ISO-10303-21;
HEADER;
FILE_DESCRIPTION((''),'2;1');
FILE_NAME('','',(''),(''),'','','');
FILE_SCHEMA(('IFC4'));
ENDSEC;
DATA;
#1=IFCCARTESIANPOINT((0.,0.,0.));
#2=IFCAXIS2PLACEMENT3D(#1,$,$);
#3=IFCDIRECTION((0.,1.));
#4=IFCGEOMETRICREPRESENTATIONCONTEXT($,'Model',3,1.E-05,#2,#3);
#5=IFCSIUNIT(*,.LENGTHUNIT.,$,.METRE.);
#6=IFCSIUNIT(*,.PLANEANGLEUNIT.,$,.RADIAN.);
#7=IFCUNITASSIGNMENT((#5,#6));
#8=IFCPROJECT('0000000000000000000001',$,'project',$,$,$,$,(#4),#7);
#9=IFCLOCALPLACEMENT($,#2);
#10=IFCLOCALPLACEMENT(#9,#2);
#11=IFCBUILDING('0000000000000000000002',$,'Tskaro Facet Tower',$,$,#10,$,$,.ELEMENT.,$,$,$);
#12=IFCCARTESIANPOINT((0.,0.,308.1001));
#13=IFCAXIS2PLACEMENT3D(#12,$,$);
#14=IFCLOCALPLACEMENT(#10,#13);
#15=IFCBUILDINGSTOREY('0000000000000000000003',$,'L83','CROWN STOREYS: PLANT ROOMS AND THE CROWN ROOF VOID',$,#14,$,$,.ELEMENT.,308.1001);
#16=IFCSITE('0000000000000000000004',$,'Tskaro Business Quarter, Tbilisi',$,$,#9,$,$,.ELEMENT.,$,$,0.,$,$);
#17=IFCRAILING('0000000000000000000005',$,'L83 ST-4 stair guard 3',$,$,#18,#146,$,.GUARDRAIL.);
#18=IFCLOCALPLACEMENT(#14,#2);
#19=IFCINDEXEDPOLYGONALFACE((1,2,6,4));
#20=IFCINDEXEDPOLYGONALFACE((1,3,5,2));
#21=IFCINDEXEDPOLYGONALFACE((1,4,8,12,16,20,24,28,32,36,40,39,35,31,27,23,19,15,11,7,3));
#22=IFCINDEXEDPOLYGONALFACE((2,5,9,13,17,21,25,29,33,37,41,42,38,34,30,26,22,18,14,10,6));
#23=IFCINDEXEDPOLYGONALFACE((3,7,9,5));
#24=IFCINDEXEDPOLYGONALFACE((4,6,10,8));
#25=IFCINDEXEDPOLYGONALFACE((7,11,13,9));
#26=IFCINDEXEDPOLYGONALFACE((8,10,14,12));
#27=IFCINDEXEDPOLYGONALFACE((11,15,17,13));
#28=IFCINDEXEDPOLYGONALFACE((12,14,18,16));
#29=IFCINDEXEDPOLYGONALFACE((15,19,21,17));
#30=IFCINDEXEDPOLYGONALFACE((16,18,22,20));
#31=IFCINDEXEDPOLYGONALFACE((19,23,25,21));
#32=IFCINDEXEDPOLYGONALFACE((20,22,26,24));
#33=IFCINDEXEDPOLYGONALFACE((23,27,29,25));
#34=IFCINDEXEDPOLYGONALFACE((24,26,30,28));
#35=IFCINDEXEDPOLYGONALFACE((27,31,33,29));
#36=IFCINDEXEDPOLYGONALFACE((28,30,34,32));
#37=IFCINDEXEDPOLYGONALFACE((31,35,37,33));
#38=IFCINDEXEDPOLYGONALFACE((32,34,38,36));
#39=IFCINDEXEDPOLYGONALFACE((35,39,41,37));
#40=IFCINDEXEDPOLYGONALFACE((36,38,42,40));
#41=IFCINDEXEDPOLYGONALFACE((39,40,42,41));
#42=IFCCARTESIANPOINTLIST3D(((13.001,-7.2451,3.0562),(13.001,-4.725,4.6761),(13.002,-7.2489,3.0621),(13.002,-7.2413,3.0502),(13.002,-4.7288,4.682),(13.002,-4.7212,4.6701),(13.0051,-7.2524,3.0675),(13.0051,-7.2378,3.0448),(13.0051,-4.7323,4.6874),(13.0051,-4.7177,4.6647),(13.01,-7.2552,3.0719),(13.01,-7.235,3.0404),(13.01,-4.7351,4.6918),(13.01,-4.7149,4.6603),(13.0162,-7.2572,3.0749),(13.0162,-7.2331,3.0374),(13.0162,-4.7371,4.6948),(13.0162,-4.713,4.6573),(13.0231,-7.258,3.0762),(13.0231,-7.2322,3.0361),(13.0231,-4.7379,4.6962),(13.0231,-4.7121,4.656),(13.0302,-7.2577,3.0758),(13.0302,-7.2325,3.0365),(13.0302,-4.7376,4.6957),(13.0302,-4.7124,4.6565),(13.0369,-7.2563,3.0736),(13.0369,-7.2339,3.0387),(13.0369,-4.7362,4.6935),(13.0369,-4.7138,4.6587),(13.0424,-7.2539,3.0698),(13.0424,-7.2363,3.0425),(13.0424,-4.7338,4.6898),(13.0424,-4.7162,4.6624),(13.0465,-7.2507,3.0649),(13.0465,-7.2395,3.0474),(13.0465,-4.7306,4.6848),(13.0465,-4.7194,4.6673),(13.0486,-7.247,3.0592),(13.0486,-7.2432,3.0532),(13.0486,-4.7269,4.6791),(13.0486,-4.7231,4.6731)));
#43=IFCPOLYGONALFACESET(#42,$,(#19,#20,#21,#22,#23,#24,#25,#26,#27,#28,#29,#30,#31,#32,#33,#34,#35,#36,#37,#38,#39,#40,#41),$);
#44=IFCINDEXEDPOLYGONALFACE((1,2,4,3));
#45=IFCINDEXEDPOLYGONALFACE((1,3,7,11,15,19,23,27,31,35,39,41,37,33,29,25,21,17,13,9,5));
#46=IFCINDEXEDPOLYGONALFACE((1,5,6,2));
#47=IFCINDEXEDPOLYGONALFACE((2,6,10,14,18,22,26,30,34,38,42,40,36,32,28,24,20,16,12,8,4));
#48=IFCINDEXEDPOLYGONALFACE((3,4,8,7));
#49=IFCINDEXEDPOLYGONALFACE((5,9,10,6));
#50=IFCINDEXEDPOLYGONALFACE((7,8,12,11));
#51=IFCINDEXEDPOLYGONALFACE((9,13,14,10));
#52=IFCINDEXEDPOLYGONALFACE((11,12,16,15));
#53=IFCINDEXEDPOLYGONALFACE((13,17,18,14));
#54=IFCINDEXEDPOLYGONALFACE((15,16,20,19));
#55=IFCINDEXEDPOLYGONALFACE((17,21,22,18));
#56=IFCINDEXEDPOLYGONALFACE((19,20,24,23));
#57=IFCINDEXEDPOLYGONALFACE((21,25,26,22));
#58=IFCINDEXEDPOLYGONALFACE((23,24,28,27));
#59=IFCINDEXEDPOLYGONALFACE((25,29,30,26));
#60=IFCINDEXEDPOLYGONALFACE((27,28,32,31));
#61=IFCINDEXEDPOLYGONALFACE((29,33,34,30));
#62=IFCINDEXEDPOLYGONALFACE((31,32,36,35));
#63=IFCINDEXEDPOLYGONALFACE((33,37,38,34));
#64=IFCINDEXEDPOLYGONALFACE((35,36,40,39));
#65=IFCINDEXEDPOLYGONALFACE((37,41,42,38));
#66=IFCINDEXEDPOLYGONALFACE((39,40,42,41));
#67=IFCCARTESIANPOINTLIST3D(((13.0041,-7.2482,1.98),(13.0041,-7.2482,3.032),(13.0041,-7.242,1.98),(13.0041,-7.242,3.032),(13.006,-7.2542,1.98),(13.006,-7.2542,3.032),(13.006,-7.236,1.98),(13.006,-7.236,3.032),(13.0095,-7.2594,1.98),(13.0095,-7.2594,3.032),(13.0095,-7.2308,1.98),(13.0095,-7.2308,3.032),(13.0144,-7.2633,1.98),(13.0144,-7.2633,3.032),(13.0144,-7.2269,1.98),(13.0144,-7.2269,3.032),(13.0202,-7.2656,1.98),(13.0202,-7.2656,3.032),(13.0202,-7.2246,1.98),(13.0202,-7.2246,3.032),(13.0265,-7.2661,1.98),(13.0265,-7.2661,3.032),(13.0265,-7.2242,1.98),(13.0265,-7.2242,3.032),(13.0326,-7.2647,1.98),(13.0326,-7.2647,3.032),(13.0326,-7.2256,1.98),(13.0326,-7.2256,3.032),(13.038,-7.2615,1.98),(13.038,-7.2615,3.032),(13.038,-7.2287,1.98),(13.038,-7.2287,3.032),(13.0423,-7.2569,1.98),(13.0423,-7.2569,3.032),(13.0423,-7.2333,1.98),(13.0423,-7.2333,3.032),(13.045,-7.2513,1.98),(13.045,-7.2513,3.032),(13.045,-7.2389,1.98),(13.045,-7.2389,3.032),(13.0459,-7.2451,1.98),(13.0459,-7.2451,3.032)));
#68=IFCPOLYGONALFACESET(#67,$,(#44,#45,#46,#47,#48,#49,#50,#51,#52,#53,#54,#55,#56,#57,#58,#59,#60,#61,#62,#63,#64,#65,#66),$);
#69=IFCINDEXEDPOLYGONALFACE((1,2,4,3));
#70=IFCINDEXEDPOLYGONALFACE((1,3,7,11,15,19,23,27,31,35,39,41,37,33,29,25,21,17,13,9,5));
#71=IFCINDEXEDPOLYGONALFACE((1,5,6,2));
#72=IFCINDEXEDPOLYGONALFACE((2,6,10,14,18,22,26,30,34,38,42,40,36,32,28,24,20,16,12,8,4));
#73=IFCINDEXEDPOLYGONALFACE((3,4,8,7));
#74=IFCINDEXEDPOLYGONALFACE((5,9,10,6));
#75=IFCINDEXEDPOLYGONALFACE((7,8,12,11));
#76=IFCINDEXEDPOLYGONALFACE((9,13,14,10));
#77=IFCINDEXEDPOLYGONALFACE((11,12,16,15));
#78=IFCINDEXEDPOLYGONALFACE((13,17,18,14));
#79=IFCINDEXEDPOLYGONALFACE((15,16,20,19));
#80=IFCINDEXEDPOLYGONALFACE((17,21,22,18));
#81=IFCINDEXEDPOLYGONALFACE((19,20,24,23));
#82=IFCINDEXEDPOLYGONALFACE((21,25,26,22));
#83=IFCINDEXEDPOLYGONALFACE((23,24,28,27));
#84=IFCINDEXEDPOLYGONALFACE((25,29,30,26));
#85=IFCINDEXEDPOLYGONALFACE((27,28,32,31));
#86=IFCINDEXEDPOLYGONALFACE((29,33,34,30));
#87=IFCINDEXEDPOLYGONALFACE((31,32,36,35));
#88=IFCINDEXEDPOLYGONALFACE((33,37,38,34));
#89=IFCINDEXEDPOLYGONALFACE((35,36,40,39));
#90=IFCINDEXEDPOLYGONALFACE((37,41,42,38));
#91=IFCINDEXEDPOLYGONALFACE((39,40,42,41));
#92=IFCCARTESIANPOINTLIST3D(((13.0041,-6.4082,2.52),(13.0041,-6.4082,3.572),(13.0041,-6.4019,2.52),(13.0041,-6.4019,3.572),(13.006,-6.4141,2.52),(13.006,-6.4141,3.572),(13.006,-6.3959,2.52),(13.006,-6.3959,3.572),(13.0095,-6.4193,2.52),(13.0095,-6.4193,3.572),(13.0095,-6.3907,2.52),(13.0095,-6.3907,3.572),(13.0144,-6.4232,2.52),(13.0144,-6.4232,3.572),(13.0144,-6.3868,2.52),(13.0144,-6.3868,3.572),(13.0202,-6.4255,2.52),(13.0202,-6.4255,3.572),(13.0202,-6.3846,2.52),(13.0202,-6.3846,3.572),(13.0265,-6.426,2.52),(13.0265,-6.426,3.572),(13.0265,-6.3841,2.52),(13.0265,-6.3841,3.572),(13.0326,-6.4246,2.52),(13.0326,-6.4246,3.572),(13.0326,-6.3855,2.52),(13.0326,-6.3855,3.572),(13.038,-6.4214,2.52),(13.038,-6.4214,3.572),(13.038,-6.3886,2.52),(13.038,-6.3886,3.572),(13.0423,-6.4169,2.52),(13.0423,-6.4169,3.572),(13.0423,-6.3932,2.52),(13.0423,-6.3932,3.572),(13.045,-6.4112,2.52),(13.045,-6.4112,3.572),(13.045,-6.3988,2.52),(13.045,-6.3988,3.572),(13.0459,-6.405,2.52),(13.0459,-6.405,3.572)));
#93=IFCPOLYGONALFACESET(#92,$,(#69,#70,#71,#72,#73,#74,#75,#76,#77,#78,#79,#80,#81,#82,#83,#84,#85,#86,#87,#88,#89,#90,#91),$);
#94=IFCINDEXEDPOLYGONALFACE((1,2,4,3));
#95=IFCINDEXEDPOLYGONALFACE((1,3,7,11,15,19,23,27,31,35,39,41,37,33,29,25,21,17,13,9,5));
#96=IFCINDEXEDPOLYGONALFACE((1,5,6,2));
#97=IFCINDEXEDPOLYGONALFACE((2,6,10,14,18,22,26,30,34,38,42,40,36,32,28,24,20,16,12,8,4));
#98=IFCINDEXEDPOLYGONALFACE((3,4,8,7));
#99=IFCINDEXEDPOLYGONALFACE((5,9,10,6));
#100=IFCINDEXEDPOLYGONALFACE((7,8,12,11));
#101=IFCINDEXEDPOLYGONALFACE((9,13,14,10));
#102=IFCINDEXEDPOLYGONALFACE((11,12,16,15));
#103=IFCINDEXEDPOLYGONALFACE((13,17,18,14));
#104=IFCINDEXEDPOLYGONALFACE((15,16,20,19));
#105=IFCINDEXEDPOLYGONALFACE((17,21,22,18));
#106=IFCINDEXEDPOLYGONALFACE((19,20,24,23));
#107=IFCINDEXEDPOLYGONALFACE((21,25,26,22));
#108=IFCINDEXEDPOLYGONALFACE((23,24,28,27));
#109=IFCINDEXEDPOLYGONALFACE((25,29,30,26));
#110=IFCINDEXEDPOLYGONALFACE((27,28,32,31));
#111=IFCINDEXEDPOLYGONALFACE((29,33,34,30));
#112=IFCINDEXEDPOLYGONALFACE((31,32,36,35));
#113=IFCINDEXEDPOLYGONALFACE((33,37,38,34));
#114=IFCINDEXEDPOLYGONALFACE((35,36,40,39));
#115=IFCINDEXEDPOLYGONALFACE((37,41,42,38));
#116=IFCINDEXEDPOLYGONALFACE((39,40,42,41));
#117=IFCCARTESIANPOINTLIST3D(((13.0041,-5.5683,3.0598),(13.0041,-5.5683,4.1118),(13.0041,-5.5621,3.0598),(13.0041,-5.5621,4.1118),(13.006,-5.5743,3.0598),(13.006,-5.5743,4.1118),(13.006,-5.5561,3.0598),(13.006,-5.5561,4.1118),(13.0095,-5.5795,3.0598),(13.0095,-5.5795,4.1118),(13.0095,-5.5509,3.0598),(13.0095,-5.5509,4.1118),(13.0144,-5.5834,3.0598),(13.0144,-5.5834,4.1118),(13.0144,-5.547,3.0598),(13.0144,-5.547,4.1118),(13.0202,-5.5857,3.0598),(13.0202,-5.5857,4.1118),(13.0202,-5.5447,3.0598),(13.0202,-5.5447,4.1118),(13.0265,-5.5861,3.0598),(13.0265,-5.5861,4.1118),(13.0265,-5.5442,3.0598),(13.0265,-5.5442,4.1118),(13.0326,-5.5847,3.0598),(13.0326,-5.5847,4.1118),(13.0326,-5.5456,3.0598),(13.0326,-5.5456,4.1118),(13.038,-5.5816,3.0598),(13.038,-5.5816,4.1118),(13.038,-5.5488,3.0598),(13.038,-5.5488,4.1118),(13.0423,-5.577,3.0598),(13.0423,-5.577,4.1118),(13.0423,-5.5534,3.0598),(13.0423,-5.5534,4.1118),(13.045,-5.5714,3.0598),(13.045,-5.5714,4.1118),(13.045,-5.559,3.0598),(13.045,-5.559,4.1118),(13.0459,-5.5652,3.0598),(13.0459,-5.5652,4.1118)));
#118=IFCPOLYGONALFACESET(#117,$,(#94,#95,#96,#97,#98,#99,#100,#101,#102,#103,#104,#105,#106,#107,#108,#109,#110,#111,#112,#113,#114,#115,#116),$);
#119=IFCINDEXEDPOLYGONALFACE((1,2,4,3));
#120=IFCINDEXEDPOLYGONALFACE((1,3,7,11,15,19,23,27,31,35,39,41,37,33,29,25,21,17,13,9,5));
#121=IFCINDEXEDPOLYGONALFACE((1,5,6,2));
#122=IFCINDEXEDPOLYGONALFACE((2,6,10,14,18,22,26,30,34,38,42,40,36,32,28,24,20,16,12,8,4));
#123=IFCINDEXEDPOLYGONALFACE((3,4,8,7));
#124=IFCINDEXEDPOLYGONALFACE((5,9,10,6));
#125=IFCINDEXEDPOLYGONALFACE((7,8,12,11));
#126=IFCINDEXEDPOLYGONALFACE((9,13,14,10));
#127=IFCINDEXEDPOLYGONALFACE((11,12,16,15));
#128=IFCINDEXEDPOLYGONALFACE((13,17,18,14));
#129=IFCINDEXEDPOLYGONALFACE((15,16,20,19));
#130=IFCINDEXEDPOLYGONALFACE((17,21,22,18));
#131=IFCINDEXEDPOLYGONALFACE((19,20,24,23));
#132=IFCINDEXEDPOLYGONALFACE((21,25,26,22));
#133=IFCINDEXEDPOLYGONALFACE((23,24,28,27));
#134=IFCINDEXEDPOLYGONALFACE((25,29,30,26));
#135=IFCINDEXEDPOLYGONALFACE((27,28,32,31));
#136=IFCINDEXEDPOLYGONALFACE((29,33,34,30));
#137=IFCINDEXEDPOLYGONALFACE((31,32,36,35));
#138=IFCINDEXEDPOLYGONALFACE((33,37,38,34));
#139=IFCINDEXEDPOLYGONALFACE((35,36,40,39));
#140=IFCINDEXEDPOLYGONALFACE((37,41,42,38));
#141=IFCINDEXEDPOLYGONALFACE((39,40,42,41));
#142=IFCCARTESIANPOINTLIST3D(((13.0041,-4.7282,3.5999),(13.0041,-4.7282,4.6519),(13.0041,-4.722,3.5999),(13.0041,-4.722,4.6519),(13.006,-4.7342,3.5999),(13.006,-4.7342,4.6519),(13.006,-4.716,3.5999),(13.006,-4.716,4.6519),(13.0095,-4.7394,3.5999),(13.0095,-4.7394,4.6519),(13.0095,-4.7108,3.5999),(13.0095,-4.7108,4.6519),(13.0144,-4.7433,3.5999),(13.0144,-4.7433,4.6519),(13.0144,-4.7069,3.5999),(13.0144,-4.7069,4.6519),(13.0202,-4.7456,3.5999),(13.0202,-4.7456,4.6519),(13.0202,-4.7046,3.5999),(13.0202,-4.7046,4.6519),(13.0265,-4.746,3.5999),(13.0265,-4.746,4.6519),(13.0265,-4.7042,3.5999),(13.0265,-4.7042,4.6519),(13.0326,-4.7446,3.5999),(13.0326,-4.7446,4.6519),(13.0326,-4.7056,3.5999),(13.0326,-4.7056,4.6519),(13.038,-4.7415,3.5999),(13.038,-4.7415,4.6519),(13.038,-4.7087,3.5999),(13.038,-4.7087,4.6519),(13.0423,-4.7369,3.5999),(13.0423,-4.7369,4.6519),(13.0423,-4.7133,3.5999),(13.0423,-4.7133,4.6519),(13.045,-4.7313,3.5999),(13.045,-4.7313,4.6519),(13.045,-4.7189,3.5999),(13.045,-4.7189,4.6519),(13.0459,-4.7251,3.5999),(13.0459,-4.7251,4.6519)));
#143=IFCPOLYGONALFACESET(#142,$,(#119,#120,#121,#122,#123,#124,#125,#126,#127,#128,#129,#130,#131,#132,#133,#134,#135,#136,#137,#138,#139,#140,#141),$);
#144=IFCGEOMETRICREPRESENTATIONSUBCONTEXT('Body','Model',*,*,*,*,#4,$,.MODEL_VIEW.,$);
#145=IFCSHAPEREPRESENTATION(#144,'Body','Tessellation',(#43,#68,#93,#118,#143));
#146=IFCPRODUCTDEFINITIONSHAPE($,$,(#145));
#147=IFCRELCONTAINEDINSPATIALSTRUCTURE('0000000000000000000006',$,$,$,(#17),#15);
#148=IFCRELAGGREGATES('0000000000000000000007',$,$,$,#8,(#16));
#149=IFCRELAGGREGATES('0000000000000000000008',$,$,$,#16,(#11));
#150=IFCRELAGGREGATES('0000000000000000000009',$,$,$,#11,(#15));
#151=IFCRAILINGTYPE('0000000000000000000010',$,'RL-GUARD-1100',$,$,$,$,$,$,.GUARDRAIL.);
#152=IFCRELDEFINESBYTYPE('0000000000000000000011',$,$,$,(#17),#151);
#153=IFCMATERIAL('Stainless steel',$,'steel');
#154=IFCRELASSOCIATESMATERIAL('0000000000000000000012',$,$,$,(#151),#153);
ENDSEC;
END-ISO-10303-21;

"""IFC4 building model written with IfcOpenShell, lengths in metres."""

from ifc_helpers import new_model, si_unit, direction, frame, origin, origin_2d, place, context, subcontext, project, spatial, circle, extrude, material, type_object, element, save


model = new_model("IFC4")

# Units and contexts
model_context = context("Model", 3, precision=1e-05, world=origin(), true_north=direction((0.0, 1.0)))
body_context = subcontext(model_context, "Body", "Model", "MODEL_VIEW")
ifc_project = project(units=[si_unit("LENGTHUNIT", "METRE"), si_unit("PLANEANGLEUNIT", "RADIAN")], contexts=[model_context])

# Site, building, storey
site_placement = place(None, origin())
site = spatial("IfcSite", under=ifc_project, at=site_placement, Name="Tskaro Business Quarter, Tbilisi", CompositionType="ELEMENT", RefElevation=0.0)
building_placement = place(site_placement, origin())
building = spatial("IfcBuilding", under=site, at=building_placement, Name="Tskaro Facet Tower", CompositionType="ELEMENT")
storey_placement = place(building_placement, frame((0.0, 0.0, 308.1001)))
storey = spatial("IfcBuildingStorey", under=building, at=storey_placement, Name="L83", Description="CROWN STOREYS: PLANT ROOMS AND THE CROWN ROOF VOID", CompositionType="ELEMENT", Elevation=308.1001)

# Railing
ifc_material_1 = material(Name="Stainless steel", Category="steel")
railing_type_1 = type_object("IfcRailingType", Name="RL-GUARD-1100", PredefinedType="GUARDRAIL", material=ifc_material_1)
railing_1_placement = place(storey_placement, frame((13.0249, -7.2451, 1.98)))
element("IfcRailing", 1, at=railing_1_placement, inside=storey, type_object=railing_type_1, Name="L83 ST-4 stair guard 3", PredefinedType="GUARDRAIL", context=body_context, shape_type="SweptSolid", body=[
    extrude(circle(Radius=0.0239, at=origin_2d()), frame((0.0, 0.0, 1.0762), z_axis=(0.0, 0.8412, 0.540725), x_axis=(-1.0, 0.0, 0.0)), (0.0, 0.0, 1.0), 2.9958),
    extrude(circle(Radius=0.021, at=origin_2d()), origin(), (0.0, 0.0, 1.0), 1.052),
    extrude(circle(Radius=0.021, at=origin_2d()), frame((0.0, 0.8401, 0.54)), (0.0, 0.0, 1.0), 1.052),
    extrude(circle(Radius=0.021, at=origin_2d()), frame((0.0, 1.6799, 1.0798)), (0.0, 0.0, 1.0), 1.052),
    extrude(circle(Radius=0.021, at=origin_2d()), frame((0.0, 2.52, 1.6199)), (0.0, 0.0, 1.0), 1.052),
])

save(model, "model.ifc")
